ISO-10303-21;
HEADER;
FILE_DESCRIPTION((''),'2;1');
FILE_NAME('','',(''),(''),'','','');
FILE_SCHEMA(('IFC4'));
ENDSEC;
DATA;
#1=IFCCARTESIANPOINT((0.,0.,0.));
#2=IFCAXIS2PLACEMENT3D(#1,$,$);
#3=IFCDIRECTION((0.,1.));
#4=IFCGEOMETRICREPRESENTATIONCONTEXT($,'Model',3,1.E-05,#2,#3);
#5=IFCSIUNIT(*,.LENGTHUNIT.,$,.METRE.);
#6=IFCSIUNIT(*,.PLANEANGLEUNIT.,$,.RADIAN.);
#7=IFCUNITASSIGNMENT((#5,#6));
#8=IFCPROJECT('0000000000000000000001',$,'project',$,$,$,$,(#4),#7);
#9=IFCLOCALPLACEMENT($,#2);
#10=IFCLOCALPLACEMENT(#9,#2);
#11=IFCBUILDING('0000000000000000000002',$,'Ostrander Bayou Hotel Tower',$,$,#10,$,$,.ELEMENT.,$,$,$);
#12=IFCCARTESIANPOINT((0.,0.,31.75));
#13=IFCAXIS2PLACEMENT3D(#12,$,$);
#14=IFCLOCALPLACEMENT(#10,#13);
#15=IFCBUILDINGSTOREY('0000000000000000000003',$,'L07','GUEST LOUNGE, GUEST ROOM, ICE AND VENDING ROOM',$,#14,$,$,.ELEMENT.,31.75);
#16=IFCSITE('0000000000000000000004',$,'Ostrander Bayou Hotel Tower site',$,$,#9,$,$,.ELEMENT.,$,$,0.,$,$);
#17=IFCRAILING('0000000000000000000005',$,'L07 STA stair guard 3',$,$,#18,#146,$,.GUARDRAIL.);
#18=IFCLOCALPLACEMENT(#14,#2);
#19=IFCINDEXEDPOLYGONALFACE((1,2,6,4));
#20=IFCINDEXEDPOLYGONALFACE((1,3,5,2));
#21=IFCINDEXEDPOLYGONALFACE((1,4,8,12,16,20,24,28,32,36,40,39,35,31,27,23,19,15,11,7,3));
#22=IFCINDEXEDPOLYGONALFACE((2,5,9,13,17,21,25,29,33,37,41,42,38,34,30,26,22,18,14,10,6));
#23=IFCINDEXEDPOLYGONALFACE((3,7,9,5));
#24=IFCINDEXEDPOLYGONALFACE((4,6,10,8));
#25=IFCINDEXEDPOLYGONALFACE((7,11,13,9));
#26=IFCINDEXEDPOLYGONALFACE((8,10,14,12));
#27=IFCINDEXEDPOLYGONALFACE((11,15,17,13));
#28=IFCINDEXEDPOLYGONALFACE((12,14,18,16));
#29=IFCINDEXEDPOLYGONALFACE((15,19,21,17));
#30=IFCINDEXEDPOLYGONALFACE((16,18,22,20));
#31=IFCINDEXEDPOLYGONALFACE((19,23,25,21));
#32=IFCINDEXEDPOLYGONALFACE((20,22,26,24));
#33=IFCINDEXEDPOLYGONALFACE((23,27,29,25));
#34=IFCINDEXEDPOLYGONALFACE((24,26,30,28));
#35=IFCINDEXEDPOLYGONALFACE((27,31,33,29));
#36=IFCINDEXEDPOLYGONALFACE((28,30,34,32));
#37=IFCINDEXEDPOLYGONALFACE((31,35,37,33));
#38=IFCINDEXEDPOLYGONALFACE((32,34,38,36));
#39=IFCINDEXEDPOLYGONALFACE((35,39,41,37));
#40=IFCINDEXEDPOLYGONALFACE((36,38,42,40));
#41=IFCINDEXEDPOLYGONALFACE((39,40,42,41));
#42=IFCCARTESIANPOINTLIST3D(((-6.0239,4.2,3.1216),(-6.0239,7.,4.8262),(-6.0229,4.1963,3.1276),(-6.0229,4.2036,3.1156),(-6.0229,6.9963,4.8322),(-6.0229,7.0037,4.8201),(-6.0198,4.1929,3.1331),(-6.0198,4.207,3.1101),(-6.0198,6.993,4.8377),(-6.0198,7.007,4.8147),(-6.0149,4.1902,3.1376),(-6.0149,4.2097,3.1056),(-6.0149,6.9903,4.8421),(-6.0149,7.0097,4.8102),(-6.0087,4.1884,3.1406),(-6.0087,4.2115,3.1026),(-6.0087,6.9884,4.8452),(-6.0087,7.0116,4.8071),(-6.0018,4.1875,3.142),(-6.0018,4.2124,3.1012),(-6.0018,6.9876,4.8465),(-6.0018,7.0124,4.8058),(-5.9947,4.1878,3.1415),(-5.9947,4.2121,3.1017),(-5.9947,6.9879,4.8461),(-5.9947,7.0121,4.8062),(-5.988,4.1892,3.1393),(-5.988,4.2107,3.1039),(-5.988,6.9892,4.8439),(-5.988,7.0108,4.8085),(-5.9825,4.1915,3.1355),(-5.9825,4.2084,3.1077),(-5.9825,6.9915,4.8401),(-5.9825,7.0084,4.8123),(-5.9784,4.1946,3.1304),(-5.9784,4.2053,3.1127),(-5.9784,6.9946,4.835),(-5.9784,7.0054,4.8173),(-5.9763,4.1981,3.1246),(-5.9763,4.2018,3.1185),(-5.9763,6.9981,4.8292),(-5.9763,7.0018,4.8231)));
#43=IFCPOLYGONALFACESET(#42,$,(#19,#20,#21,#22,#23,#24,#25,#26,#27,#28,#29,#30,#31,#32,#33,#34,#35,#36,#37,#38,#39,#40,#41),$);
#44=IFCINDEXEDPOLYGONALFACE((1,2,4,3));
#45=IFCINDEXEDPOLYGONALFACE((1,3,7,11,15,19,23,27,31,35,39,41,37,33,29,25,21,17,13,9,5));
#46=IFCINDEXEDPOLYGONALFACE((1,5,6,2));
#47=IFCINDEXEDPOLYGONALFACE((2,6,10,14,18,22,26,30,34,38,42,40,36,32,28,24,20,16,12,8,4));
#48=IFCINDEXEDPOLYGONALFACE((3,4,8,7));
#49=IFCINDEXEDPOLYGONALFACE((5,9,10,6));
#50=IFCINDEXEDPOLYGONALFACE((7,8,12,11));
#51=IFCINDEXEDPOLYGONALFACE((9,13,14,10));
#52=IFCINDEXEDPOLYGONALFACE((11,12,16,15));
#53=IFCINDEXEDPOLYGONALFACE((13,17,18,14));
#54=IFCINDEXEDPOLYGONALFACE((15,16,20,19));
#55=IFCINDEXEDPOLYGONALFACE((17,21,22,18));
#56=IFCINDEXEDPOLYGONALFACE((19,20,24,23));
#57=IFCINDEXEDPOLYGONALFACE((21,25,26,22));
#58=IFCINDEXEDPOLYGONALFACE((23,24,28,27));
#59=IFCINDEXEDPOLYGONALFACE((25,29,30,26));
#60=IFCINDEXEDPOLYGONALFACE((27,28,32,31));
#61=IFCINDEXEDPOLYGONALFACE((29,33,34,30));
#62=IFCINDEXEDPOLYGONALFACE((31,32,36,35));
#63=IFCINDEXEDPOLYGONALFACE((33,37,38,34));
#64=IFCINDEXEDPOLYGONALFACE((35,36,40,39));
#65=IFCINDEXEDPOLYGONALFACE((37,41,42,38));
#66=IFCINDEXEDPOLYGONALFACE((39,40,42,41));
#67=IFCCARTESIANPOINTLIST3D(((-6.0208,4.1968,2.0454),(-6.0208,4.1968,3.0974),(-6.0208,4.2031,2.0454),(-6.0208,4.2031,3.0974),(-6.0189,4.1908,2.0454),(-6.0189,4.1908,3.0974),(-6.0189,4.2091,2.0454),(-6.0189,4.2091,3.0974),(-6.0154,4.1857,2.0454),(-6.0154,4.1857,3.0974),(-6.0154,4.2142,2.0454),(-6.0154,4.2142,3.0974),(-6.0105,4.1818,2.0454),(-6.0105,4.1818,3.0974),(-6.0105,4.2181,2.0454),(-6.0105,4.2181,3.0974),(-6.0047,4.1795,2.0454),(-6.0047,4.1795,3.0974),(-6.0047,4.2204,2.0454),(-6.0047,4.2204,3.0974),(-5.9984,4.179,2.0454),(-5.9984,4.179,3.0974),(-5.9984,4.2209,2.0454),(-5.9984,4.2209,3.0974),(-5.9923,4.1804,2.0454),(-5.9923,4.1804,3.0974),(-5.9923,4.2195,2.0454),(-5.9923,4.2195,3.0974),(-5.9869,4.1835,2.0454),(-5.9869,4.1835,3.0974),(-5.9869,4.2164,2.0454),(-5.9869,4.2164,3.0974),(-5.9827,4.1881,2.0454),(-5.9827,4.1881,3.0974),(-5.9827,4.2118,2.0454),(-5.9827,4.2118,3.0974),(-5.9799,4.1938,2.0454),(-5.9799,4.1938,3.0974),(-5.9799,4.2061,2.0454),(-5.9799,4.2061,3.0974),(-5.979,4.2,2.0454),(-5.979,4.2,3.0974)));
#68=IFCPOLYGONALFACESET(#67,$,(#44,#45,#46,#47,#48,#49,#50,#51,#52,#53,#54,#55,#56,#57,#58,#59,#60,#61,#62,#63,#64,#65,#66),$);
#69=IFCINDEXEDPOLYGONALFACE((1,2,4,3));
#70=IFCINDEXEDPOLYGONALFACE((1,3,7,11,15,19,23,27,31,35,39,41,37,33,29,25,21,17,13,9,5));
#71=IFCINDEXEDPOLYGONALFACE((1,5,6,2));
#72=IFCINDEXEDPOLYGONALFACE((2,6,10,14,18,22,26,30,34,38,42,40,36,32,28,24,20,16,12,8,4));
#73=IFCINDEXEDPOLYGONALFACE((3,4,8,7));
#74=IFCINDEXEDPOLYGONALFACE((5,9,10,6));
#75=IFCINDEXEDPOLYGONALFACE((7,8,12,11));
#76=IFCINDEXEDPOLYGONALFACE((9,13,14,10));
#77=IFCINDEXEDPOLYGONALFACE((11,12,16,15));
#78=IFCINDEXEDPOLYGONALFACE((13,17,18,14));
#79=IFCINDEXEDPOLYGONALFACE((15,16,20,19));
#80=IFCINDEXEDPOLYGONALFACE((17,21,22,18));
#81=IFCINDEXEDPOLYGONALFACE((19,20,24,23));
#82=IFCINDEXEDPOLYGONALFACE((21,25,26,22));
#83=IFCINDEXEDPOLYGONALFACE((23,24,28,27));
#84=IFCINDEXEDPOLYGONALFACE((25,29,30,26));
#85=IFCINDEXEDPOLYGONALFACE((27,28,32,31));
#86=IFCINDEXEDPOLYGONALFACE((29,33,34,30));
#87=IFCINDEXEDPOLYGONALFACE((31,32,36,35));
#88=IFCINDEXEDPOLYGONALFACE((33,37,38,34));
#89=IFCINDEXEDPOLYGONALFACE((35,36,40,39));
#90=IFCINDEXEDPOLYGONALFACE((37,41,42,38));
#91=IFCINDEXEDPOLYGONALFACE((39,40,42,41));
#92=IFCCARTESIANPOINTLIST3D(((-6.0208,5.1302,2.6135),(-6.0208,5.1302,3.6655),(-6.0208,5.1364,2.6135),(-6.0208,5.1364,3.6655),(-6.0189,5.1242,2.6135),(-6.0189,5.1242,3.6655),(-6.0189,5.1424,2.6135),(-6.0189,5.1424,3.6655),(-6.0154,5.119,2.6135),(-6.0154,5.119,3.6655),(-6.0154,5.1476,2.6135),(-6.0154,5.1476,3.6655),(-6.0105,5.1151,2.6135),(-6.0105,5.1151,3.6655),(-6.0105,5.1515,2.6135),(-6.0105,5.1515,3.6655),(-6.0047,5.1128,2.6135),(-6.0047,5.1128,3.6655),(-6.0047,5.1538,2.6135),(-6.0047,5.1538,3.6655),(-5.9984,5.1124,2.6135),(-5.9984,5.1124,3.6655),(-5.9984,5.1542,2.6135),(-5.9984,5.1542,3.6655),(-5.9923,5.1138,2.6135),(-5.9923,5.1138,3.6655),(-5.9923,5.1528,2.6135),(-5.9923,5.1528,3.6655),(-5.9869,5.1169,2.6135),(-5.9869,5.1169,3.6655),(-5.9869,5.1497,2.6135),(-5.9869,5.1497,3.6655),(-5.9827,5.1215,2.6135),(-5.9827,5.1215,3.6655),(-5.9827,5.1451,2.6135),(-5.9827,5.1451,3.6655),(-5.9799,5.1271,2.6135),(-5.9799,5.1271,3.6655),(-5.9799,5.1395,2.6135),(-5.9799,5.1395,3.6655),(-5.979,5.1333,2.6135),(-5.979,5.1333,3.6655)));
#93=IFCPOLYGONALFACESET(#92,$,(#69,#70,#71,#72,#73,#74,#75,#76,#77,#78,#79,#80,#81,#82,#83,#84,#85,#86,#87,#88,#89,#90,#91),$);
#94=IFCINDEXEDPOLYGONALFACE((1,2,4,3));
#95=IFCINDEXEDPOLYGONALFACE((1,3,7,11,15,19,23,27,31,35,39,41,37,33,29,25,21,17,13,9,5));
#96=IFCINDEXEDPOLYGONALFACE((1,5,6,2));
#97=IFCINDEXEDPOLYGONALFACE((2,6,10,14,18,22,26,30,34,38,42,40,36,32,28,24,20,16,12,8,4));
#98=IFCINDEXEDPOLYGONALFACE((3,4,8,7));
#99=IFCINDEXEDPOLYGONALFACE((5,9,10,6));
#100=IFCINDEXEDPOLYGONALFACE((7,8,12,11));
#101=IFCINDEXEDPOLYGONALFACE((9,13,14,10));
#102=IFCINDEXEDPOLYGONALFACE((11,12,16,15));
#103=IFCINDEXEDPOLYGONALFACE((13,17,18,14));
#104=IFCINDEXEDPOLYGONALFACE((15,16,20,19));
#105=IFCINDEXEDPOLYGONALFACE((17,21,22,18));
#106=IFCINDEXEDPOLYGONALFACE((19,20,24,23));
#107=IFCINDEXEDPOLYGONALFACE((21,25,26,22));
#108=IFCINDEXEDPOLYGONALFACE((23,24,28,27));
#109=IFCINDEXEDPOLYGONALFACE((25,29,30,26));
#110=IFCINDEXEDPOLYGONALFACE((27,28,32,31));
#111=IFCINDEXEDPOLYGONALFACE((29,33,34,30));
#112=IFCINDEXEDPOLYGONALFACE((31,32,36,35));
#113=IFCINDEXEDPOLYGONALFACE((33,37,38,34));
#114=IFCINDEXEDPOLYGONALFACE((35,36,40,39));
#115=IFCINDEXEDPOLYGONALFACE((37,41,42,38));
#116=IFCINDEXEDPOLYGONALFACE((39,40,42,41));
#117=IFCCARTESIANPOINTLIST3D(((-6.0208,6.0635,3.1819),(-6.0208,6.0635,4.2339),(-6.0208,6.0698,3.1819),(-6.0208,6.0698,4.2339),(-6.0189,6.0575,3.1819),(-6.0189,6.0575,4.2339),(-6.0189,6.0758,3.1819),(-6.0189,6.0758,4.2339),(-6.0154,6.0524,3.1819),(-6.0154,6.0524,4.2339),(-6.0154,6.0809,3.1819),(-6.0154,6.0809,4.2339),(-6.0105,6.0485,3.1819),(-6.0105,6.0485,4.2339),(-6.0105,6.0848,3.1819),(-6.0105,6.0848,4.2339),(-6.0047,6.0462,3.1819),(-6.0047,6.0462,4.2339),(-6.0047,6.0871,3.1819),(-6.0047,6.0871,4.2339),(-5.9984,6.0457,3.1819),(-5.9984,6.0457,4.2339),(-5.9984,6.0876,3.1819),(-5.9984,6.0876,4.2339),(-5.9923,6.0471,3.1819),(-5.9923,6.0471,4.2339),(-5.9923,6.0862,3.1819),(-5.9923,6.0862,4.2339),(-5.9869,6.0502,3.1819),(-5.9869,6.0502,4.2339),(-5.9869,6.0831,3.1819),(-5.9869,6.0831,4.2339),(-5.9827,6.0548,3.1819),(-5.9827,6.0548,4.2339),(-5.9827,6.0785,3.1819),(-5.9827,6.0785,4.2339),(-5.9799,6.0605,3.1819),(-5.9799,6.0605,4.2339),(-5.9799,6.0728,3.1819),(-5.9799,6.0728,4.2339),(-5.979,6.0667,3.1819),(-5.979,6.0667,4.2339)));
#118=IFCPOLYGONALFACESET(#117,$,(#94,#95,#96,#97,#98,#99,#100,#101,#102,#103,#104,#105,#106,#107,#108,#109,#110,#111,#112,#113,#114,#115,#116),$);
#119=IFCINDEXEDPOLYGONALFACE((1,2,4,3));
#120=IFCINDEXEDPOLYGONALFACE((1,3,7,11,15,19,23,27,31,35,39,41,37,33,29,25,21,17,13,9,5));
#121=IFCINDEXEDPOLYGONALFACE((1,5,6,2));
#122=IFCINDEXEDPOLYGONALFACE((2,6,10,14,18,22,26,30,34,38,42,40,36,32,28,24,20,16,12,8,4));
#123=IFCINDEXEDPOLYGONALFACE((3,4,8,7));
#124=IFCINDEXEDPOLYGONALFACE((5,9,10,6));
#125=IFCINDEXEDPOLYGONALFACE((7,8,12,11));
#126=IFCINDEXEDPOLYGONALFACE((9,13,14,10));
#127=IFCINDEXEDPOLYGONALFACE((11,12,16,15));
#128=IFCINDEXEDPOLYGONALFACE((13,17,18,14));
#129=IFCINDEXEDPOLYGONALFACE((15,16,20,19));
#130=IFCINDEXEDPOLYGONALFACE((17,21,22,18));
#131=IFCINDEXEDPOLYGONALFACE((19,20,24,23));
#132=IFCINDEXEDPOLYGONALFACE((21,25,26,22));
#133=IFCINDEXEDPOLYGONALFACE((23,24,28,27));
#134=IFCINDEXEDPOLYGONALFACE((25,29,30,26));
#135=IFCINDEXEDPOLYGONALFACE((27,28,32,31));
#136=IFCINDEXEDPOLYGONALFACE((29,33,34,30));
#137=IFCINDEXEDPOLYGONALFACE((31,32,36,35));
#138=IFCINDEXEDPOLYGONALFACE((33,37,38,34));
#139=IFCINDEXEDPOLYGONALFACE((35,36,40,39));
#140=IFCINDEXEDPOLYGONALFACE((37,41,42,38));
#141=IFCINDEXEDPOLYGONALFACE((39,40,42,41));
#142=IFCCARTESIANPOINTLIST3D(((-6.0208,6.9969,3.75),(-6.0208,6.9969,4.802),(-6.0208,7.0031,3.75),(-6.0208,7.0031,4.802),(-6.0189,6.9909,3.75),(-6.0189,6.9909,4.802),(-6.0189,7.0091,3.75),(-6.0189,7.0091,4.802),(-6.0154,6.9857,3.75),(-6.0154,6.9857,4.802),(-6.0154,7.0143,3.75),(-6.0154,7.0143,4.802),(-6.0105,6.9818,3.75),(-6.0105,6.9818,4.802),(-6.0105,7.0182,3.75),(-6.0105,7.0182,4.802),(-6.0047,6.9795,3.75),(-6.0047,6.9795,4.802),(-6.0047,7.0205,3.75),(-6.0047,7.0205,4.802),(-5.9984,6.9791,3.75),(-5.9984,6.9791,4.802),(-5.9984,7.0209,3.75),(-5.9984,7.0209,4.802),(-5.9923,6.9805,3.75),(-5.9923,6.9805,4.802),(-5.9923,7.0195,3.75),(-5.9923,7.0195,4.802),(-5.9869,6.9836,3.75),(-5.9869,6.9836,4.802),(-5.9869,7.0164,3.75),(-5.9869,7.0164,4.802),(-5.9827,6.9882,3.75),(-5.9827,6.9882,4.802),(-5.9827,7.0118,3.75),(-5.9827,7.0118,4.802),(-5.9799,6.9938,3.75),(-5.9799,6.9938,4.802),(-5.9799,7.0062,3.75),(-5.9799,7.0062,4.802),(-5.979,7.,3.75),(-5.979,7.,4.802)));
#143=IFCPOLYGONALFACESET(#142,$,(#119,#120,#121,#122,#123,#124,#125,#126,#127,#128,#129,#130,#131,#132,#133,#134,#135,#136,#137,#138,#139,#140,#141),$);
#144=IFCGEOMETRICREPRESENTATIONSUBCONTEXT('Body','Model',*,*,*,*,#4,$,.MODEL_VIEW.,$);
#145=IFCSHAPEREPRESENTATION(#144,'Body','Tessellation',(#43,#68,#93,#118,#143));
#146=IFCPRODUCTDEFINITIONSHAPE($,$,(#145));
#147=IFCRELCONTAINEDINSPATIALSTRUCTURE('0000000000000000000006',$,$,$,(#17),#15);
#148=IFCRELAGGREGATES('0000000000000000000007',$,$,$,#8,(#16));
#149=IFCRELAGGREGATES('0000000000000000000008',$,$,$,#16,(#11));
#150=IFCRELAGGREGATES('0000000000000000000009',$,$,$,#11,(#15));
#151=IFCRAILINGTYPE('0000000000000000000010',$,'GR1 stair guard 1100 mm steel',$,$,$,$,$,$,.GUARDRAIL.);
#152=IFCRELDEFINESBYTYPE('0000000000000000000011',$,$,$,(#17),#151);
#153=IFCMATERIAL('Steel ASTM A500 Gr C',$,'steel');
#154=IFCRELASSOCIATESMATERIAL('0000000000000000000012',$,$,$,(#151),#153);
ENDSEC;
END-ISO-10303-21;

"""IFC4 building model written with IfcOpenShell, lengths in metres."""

from ifc_helpers import new_model, si_unit, direction, frame, origin, origin_2d, place, context, subcontext, project, spatial, circle, extrude, material, type_object, element, save


model = new_model("IFC4")

# Units and contexts
model_context = context("Model", 3, precision=1e-05, world=origin(), true_north=direction((0.0, 1.0)))
body_context = subcontext(model_context, "Body", "Model", "MODEL_VIEW")
ifc_project = project(units=[si_unit("LENGTHUNIT", "METRE"), si_unit("PLANEANGLEUNIT", "RADIAN")], contexts=[model_context])

# Site, building, storey
site_placement = place(None, origin())
site = spatial("IfcSite", under=ifc_project, at=site_placement, Name="Ostrander Bayou Hotel Tower site", CompositionType="ELEMENT", RefElevation=0.0)
building_placement = place(site_placement, origin())
building = spatial("IfcBuilding", under=site, at=building_placement, Name="Ostrander Bayou Hotel Tower", CompositionType="ELEMENT")
storey_placement = place(building_placement, frame((0.0, 0.0, 31.75)))
storey = spatial("IfcBuildingStorey", under=building, at=storey_placement, Name="L07", Description="GUEST LOUNGE, GUEST ROOM, ICE AND VENDING ROOM", CompositionType="ELEMENT", Elevation=31.75)

# Railing
ifc_material_1 = material(Name="Steel ASTM A500 Gr C", Category="steel")
railing_type_1 = type_object("IfcRailingType", Name="GR1 stair guard 1100 mm steel", PredefinedType="GUARDRAIL", material=ifc_material_1)
railing_1_placement = place(storey_placement, frame((-6.0, 4.2, 2.0454)))
element("IfcRailing", 1, at=railing_1_placement, inside=storey, type_object=railing_type_1, Name="L07 STA stair guard 3", PredefinedType="GUARDRAIL", context=body_context, shape_type="SweptSolid", body=[
    extrude(circle(Radius=0.0239, at=origin_2d()), frame((0.0, 0.0, 1.0762), z_axis=(0.0, 0.85417, 0.519994), x_axis=(-1.0, 0.0, 0.0)), (0.0, 0.0, 1.0), 3.2781),
    extrude(circle(Radius=0.021, at=origin_2d()), origin(), (0.0, 0.0, 1.0), 1.052),
    extrude(circle(Radius=0.021, at=origin_2d()), frame((0.0, 0.9333, 0.5681)), (0.0, 0.0, 1.0), 1.052),
    extrude(circle(Radius=0.021, at=origin_2d()), frame((0.0, 1.8667, 1.1365)), (0.0, 0.0, 1.0), 1.052),
    extrude(circle(Radius=0.021, at=origin_2d()), frame((0.0, 2.8, 1.7046)), (0.0, 0.0, 1.0), 1.052),
])

save(model, "model.ifc")
